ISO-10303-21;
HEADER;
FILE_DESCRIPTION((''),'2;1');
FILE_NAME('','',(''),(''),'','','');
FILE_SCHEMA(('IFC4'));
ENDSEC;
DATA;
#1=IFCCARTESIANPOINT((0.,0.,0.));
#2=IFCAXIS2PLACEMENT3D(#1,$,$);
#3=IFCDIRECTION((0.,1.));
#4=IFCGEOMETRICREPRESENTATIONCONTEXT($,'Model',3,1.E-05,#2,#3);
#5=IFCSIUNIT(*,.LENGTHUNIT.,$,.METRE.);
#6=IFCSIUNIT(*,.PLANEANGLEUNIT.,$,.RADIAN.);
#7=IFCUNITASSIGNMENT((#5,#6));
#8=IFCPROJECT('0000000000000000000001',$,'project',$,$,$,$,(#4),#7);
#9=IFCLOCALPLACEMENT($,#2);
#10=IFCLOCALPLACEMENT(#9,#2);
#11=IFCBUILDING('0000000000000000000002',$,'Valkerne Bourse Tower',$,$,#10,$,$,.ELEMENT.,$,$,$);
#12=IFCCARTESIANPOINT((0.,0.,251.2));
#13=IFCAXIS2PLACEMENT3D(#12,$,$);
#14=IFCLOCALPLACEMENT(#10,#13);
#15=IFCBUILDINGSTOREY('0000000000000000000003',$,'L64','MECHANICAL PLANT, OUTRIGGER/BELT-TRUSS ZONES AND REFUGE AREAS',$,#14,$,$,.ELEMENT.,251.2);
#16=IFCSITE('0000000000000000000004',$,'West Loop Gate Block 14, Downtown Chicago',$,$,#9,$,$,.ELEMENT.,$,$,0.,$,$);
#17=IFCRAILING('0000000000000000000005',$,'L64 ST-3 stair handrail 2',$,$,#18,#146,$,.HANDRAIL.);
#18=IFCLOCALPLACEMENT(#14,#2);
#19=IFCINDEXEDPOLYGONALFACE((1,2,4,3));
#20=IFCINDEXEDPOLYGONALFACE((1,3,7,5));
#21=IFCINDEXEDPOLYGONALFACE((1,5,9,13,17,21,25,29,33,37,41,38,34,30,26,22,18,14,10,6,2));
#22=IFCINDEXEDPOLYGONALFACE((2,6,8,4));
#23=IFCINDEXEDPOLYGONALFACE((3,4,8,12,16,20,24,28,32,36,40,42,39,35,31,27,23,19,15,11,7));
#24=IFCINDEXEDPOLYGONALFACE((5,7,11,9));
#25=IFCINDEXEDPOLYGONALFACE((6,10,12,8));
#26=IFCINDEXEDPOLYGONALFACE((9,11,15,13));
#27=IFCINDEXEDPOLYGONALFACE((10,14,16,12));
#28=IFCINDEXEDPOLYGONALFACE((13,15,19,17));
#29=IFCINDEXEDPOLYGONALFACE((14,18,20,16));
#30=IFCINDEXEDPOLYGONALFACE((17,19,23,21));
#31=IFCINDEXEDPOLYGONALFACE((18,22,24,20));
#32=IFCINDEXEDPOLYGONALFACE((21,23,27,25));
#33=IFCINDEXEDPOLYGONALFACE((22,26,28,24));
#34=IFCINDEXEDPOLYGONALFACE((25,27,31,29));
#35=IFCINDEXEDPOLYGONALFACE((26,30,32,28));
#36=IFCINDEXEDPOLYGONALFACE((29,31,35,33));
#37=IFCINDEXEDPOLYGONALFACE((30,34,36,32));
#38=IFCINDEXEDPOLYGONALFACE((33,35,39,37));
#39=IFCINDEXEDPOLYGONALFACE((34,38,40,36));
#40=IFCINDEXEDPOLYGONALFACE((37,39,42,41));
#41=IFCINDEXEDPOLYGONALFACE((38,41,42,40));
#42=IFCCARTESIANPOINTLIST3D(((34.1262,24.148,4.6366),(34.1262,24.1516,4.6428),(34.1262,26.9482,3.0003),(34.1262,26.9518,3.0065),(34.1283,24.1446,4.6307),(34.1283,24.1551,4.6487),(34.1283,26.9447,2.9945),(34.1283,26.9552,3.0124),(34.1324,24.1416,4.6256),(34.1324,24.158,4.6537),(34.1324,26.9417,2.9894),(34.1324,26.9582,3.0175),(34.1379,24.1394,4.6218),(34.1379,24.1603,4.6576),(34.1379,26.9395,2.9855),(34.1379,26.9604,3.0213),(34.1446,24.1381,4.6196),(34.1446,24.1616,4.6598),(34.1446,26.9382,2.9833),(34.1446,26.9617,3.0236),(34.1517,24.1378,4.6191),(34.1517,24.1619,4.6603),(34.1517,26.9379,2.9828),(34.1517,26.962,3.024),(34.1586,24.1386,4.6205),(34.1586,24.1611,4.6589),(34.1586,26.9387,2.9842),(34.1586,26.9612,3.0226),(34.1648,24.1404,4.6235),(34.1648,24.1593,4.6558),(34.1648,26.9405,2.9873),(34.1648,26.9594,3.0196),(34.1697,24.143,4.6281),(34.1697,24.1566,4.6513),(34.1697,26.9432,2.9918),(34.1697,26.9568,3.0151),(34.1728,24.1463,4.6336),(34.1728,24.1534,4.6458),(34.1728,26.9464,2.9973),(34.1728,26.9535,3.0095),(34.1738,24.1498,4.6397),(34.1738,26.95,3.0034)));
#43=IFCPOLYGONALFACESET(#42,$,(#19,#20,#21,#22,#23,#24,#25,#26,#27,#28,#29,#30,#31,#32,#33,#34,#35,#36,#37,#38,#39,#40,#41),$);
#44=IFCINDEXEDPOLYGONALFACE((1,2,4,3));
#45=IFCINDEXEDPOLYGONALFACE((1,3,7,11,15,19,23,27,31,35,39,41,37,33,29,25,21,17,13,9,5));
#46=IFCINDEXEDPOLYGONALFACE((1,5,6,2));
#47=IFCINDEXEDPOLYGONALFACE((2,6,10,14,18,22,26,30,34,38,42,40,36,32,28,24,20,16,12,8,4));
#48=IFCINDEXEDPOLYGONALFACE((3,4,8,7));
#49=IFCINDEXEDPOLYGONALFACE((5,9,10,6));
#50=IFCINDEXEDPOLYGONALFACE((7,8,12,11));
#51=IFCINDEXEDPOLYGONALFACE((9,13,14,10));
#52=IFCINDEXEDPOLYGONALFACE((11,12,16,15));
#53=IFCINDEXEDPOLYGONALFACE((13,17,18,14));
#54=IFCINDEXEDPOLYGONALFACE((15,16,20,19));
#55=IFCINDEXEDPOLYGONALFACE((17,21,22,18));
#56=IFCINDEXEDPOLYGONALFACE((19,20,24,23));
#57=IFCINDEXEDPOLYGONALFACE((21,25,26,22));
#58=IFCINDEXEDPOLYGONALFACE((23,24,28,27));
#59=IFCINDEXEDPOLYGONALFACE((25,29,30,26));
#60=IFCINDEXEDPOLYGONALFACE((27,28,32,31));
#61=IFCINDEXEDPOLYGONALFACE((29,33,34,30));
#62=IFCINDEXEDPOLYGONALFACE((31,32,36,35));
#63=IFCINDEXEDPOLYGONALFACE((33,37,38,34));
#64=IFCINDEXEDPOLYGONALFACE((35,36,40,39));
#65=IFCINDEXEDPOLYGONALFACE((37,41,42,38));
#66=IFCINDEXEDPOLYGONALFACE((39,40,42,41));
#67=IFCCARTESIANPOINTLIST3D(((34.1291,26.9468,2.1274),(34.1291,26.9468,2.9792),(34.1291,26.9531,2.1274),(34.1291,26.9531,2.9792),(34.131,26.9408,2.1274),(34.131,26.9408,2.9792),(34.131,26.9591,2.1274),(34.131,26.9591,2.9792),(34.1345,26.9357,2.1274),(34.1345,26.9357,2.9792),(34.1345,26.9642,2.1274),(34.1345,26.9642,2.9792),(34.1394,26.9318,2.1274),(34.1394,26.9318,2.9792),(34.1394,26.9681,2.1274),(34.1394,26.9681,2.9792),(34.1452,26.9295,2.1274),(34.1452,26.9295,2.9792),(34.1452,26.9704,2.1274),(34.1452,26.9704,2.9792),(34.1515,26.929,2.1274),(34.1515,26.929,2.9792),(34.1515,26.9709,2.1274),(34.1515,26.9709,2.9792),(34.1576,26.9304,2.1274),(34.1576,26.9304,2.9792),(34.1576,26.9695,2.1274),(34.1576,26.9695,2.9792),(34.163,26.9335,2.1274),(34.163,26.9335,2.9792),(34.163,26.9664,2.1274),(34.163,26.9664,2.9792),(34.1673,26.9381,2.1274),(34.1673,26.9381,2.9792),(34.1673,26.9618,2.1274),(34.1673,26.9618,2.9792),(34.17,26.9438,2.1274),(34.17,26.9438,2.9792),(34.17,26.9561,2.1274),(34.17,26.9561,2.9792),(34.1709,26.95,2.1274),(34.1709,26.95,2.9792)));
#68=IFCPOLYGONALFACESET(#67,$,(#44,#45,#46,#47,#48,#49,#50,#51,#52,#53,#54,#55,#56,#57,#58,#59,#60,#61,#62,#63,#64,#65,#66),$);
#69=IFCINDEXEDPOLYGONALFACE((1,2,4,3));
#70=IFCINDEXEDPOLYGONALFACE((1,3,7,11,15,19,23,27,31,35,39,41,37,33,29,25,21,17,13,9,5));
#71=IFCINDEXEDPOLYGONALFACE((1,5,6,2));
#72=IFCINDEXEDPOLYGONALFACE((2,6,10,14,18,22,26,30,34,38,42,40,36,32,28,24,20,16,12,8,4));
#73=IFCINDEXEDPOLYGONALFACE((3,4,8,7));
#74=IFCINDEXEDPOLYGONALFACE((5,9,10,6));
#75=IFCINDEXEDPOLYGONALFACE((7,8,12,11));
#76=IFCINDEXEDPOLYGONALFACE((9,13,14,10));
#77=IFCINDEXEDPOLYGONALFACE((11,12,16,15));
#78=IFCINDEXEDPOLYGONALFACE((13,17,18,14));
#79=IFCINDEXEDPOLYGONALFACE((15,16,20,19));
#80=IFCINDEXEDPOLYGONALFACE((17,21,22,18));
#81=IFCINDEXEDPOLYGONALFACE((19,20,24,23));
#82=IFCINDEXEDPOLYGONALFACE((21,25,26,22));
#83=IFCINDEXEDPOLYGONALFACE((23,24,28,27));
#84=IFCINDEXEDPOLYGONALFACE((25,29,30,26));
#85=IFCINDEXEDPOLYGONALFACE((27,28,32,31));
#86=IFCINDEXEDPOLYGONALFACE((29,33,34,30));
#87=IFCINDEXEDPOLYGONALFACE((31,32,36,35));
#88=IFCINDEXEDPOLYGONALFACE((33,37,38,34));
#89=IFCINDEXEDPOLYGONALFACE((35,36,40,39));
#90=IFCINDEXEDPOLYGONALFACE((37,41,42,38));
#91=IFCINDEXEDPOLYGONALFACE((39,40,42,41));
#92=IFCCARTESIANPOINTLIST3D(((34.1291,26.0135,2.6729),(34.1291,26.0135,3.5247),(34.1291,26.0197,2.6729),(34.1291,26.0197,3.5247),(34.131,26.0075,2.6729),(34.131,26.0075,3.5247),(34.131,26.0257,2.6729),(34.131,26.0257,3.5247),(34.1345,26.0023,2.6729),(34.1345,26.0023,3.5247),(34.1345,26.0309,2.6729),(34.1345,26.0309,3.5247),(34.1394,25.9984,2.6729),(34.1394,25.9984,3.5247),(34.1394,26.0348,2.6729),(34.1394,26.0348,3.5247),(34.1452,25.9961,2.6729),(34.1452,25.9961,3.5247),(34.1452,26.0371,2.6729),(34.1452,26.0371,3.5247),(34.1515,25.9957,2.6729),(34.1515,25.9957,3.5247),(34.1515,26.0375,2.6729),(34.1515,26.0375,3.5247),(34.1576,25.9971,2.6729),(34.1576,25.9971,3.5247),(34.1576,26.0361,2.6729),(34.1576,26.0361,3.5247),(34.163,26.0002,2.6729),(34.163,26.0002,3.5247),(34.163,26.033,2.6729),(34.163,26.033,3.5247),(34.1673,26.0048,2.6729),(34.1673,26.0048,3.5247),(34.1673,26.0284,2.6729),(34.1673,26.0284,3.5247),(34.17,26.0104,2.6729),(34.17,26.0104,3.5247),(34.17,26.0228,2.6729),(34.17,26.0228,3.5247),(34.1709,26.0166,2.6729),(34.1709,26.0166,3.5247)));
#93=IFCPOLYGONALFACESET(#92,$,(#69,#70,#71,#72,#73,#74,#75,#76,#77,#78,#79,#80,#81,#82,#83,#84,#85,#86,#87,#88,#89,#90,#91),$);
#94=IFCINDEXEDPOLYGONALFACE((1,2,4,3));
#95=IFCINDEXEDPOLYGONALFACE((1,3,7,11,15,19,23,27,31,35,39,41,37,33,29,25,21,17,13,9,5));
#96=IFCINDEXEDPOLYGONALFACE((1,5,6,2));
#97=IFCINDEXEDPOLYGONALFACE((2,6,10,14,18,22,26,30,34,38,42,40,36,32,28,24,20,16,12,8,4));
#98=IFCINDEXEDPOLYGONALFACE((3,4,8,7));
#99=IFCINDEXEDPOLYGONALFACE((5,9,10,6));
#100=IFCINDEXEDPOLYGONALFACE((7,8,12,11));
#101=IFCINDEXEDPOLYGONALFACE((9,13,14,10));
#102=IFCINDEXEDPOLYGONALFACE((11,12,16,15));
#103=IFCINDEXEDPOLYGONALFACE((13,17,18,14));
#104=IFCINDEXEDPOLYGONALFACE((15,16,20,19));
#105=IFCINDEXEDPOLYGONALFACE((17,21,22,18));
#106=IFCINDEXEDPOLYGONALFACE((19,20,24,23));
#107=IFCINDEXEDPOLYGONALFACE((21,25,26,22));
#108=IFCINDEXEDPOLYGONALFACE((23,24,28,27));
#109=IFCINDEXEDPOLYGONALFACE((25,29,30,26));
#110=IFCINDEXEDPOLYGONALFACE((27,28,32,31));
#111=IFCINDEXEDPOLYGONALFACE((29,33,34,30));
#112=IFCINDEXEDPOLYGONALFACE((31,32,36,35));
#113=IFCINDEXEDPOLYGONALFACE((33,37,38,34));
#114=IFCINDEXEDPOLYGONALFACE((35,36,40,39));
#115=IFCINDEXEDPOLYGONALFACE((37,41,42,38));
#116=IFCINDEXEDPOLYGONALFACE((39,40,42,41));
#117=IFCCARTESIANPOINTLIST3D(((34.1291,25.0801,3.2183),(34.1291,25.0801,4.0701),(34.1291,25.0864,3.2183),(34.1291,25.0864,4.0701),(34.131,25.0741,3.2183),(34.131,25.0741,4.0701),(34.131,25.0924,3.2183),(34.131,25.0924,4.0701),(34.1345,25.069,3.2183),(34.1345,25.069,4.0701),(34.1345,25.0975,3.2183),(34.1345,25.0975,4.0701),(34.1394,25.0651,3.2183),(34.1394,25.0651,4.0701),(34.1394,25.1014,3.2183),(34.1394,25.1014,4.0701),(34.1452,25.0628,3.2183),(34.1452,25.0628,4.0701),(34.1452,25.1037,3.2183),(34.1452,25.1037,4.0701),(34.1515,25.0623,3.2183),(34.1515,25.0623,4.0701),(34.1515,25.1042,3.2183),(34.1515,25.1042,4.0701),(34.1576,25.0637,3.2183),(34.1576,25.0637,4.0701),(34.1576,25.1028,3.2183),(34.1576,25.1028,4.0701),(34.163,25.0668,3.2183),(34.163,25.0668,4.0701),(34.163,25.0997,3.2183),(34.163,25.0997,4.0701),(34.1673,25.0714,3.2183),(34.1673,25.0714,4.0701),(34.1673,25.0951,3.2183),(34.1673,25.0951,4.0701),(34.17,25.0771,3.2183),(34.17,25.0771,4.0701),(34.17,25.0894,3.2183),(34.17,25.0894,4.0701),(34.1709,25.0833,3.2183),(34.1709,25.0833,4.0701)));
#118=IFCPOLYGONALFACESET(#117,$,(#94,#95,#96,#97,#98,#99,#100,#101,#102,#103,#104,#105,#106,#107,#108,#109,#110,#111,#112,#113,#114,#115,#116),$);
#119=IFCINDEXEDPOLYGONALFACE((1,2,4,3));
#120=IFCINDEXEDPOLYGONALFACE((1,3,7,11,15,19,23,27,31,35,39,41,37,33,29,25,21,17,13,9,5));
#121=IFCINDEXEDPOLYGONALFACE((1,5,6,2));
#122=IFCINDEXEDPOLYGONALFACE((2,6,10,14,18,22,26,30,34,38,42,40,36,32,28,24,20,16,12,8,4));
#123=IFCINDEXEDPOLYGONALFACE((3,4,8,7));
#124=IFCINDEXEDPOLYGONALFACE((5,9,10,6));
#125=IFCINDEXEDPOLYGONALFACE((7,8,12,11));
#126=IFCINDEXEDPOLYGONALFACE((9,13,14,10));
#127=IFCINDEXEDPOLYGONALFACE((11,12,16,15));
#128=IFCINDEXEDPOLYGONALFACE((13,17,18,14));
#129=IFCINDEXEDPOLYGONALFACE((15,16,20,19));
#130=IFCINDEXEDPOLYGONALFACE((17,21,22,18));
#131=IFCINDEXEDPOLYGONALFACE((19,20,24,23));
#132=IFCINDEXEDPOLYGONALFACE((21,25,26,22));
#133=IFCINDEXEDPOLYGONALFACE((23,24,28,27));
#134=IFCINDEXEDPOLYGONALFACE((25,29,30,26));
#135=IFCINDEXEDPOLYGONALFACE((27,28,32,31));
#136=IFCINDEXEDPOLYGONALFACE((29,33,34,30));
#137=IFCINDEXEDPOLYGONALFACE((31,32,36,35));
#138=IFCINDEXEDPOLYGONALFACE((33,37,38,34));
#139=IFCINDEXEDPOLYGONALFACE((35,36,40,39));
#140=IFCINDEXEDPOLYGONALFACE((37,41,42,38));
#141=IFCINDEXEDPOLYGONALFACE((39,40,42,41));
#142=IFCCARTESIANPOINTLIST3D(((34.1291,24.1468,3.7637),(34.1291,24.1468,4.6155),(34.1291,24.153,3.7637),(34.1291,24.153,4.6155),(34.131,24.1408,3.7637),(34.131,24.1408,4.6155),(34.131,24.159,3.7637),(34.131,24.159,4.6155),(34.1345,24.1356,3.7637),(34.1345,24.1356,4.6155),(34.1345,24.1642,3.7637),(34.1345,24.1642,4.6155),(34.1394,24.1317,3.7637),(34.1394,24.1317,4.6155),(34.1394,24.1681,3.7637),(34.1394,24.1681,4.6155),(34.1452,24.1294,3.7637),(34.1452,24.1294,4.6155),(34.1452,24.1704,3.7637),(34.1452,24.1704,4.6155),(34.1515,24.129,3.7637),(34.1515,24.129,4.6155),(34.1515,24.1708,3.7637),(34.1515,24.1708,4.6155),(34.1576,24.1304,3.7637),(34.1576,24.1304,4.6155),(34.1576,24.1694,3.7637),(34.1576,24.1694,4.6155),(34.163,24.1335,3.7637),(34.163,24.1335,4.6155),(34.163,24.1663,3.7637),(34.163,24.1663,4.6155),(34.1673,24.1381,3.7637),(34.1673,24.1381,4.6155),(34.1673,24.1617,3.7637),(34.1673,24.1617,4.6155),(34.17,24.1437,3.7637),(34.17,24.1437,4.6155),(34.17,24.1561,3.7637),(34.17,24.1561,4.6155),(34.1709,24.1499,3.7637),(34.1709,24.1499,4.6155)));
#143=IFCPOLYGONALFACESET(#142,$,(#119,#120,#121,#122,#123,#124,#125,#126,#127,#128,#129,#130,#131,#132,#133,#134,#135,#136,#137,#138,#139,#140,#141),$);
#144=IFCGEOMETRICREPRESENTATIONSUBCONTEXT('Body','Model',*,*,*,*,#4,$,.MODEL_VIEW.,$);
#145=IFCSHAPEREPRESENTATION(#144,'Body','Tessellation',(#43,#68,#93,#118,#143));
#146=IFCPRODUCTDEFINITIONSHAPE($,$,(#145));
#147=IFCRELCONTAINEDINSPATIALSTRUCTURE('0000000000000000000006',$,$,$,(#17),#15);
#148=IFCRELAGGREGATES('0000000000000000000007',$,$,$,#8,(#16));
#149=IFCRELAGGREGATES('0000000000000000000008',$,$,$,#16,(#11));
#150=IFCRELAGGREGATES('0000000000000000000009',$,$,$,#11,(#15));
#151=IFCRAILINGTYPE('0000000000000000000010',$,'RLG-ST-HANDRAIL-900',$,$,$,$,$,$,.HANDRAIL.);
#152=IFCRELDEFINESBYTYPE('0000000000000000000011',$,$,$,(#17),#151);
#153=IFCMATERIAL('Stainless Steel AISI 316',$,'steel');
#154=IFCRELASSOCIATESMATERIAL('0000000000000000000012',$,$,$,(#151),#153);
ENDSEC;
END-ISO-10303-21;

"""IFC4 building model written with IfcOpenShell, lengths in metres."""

from ifc_helpers import new_model, si_unit, direction, frame, origin, origin_2d, place, context, subcontext, project, spatial, circle, extrude, material, type_object, element, save


model = new_model("IFC4")

# Units and contexts
model_context = context("Model", 3, precision=1e-05, world=origin(), true_north=direction((0.0, 1.0)))
body_context = subcontext(model_context, "Body", "Model", "MODEL_VIEW")
ifc_project = project(units=[si_unit("LENGTHUNIT", "METRE"), si_unit("PLANEANGLEUNIT", "RADIAN")], contexts=[model_context])

# Site, building, storey
site_placement = place(None, origin())
site = spatial("IfcSite", under=ifc_project, at=site_placement, Name="West Loop Gate Block 14, Downtown Chicago", CompositionType="ELEMENT", RefElevation=0.0)
building_placement = place(site_placement, origin())
building = spatial("IfcBuilding", under=site, at=building_placement, Name="Valkerne Bourse Tower", CompositionType="ELEMENT")
storey_placement = place(building_placement, frame((0.0, 0.0, 251.2)))
storey = spatial("IfcBuildingStorey", under=building, at=storey_placement, Name="L64", Description="MECHANICAL PLANT, OUTRIGGER/BELT-TRUSS ZONES AND REFUGE AREAS", CompositionType="ELEMENT", Elevation=251.2)

# Railing
ifc_material_1 = material(Name="Stainless Steel AISI 316", Category="steel")
railing_type_1 = type_object("IfcRailingType", Name="RLG-ST-HANDRAIL-900", PredefinedType="HANDRAIL", material=ifc_material_1)
railing_1_placement = place(storey_placement, frame((34.1499, 26.95, 2.1274)))
element("IfcRailing", 1, at=railing_1_placement, inside=storey, type_object=railing_type_1, Name="L64 ST-3 stair handrail 2", PredefinedType="HANDRAIL", context=body_context, shape_type="SweptSolid", body=[
    extrude(circle(Radius=0.0239, at=origin_2d()), frame((0.0, 0.0, 0.876), z_axis=(0.0, -0.863394, 0.504531), x_axis=(1.0, 0.0, 0.0)), (0.0, 0.0, 1.0), 3.2432),
    extrude(circle(Radius=0.021, at=origin_2d()), origin(), (0.0, 0.0, 1.0), 0.8518),
    extrude(circle(Radius=0.021, at=origin_2d()), frame((0.0, -0.9333, 0.5454)), (0.0, 0.0, 1.0), 0.8518),
    extrude(circle(Radius=0.021, at=origin_2d()), frame((0.0, -1.8667, 1.0908)), (0.0, 0.0, 1.0), 0.8518),
    extrude(circle(Radius=0.021, at=origin_2d()), frame((0.0, -2.8, 1.6362)), (0.0, 0.0, 1.0), 0.8518),
])

save(model, "model.ifc")
